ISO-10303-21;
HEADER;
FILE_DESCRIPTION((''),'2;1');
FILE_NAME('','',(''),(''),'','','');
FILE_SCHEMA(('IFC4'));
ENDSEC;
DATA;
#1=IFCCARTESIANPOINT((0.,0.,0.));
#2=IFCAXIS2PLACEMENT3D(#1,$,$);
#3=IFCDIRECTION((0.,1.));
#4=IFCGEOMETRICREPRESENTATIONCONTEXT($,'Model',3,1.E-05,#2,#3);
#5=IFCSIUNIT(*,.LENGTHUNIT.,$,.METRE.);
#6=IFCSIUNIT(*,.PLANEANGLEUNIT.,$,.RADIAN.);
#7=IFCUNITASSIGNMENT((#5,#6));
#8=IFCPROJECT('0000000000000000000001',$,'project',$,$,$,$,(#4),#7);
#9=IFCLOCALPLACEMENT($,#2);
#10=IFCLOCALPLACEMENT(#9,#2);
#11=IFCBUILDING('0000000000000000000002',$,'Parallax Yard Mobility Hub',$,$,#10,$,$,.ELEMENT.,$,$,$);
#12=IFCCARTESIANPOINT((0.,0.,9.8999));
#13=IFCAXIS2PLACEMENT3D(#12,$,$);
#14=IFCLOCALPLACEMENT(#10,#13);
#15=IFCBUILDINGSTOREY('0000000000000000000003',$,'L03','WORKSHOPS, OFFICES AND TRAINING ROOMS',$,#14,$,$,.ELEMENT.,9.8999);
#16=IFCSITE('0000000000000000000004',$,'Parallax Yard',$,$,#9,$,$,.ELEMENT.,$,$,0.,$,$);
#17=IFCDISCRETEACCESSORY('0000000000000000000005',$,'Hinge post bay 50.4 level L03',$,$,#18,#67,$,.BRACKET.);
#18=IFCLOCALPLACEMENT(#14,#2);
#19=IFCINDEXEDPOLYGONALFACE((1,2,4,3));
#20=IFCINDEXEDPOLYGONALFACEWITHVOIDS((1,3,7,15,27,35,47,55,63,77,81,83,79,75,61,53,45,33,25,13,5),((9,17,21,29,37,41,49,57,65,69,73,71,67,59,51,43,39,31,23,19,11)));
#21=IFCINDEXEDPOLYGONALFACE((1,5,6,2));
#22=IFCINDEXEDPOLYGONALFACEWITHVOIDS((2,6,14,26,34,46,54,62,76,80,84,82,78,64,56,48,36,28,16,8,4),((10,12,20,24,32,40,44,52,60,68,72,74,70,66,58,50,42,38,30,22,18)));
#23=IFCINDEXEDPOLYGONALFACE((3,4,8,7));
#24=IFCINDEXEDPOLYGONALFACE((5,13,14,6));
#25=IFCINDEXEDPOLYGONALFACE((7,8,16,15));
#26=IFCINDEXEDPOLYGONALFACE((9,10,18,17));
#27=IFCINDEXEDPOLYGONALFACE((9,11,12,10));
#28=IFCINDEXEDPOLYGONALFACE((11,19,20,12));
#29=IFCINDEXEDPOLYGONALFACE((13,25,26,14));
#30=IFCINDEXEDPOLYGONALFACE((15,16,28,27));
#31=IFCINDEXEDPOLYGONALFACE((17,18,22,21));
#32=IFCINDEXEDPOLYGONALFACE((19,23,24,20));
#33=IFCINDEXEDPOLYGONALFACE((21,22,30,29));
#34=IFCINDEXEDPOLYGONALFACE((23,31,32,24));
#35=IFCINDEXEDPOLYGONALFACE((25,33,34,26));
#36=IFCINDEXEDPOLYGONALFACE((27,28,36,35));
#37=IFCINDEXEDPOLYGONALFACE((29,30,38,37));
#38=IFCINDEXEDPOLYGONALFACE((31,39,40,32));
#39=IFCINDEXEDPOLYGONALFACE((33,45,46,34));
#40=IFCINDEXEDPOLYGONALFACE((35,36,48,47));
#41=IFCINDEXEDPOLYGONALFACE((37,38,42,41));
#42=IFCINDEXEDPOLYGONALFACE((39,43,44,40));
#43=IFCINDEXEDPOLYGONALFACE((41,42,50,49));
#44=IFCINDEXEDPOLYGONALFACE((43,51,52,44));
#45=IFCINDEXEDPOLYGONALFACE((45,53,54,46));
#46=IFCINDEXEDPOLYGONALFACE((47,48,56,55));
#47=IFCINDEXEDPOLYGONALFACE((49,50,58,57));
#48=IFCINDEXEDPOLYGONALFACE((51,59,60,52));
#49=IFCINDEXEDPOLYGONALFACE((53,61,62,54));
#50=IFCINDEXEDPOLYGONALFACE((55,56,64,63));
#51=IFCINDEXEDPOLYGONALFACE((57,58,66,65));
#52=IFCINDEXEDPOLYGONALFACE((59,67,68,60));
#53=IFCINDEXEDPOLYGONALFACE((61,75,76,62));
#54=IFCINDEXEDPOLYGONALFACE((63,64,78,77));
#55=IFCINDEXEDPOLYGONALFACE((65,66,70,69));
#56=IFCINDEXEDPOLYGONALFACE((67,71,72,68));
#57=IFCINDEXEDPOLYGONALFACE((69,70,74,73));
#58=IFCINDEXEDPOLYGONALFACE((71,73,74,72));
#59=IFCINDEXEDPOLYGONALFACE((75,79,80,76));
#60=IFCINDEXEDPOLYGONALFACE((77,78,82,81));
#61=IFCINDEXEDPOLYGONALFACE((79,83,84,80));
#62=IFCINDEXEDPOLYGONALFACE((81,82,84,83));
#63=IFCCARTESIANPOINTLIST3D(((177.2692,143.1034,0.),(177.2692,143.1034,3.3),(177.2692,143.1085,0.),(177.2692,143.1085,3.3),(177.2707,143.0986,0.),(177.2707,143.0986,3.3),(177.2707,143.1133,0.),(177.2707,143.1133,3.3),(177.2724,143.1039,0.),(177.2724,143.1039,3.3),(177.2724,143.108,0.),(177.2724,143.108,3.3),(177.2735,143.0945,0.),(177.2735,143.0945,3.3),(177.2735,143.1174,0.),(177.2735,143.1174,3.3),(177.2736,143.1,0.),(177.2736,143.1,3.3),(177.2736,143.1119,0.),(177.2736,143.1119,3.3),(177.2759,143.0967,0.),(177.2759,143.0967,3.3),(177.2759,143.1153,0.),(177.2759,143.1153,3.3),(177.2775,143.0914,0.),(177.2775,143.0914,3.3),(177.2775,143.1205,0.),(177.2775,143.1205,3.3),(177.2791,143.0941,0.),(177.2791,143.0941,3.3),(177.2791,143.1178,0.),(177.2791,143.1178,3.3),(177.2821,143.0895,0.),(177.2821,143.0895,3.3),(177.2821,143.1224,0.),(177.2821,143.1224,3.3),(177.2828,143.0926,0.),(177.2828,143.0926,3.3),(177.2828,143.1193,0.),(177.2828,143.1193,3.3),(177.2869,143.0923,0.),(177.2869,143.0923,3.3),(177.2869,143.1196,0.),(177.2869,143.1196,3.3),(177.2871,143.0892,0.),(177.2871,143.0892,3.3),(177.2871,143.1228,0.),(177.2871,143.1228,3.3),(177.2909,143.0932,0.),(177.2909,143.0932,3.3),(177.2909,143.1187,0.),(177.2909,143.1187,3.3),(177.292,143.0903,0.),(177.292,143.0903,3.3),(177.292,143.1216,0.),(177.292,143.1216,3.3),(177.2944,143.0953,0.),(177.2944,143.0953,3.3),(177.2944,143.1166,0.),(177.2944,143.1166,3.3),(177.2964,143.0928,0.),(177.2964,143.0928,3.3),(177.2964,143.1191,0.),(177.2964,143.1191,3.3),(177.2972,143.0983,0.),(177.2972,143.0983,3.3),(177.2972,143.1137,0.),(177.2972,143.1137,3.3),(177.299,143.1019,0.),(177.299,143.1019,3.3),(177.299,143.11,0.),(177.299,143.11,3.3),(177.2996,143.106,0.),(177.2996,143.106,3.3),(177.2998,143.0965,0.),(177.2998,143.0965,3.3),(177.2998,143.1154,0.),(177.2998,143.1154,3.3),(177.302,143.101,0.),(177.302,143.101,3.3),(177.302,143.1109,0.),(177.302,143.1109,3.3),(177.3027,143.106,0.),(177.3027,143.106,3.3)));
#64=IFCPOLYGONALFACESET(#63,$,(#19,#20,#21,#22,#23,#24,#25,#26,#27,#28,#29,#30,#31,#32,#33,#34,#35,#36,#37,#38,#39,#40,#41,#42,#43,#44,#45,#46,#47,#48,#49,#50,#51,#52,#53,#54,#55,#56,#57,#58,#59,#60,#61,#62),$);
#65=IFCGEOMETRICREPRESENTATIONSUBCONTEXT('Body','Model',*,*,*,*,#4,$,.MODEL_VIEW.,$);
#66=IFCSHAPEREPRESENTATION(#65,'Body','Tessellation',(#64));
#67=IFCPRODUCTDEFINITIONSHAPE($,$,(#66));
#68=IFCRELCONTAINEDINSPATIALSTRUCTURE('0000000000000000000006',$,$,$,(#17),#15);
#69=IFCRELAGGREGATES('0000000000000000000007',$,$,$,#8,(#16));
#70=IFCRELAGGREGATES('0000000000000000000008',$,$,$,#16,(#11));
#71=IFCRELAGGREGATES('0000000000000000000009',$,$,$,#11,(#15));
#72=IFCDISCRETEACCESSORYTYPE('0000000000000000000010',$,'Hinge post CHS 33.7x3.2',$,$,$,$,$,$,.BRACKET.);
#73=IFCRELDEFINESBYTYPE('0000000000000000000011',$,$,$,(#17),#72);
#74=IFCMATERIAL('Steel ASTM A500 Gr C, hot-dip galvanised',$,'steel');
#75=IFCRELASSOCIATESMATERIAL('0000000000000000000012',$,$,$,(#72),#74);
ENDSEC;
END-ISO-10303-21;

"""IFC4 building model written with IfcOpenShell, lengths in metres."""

from ifc_helpers import new_model, si_unit, direction, frame, origin, origin_2d, place, context, subcontext, project, spatial, hollow_circle, extrude, material, material_profile, profile_set, type_object, element, save


model = new_model("IFC4")

# Units and contexts
model_context = context("Model", 3, precision=1e-05, world=origin(), true_north=direction((0.0, 1.0)))
body_context = subcontext(model_context, "Body", "Model", "MODEL_VIEW")
ifc_project = project(units=[si_unit("LENGTHUNIT", "METRE"), si_unit("PLANEANGLEUNIT", "RADIAN")], contexts=[model_context])

# Site, building, storey
site_placement = place(None, origin())
site = spatial("IfcSite", under=ifc_project, at=site_placement, Name="Parallax Yard", CompositionType="ELEMENT", RefElevation=0.0)
building_placement = place(site_placement, origin())
building = spatial("IfcBuilding", under=site, at=building_placement, Name="Parallax Yard Mobility Hub", CompositionType="ELEMENT")
storey_placement = place(building_placement, frame((0.0, 0.0, 9.8999)))
storey = spatial("IfcBuildingStorey", under=building, at=storey_placement, Name="L03", Description="WORKSHOPS, OFFICES AND TRAINING ROOMS", CompositionType="ELEMENT", Elevation=9.8999)

# Discrete accessory
ifc_material_1 = material(Name="Steel ASTM A500 Gr C, hot-dip galvanised", Category="steel")
ifc_material_profile = material_profile(ifc_material_1, hollow_circle(Radius=0.0168, WallThickness=0.0032, at=origin_2d()), Name="CHS 33.7x3.2")
ifc_profile_set = profile_set([ifc_material_profile], Name="Steel ASTM A500 Gr C, hot-dip galvanised")
discrete_accessory_type_1 = type_object("IfcDiscreteAccessoryType", Name="Hinge post CHS 33.7x3.2", PredefinedType="BRACKET", material=ifc_profile_set)
for number, where, z_axis, x_axis, name in (
    (1, (177.2859, 143.106, 0.0), (0.0, 0.0, 1.0), (1.0, 0.0, 0.0), "Hinge post bay 50.4 level L03"),
):
    element("IfcDiscreteAccessory", number, at=place(storey_placement, frame(where, z_axis=z_axis, x_axis=x_axis)), inside=storey, type_object=discrete_accessory_type_1, Name=name, PredefinedType="BRACKET", context=body_context, shape_type="SweptSolid", body=[
        extrude(hollow_circle(Radius=0.0168, WallThickness=0.0032, at=origin_2d()), origin(), (0.0, 0.0, 1.0), 3.3),
    ])

save(model, "model.ifc")
